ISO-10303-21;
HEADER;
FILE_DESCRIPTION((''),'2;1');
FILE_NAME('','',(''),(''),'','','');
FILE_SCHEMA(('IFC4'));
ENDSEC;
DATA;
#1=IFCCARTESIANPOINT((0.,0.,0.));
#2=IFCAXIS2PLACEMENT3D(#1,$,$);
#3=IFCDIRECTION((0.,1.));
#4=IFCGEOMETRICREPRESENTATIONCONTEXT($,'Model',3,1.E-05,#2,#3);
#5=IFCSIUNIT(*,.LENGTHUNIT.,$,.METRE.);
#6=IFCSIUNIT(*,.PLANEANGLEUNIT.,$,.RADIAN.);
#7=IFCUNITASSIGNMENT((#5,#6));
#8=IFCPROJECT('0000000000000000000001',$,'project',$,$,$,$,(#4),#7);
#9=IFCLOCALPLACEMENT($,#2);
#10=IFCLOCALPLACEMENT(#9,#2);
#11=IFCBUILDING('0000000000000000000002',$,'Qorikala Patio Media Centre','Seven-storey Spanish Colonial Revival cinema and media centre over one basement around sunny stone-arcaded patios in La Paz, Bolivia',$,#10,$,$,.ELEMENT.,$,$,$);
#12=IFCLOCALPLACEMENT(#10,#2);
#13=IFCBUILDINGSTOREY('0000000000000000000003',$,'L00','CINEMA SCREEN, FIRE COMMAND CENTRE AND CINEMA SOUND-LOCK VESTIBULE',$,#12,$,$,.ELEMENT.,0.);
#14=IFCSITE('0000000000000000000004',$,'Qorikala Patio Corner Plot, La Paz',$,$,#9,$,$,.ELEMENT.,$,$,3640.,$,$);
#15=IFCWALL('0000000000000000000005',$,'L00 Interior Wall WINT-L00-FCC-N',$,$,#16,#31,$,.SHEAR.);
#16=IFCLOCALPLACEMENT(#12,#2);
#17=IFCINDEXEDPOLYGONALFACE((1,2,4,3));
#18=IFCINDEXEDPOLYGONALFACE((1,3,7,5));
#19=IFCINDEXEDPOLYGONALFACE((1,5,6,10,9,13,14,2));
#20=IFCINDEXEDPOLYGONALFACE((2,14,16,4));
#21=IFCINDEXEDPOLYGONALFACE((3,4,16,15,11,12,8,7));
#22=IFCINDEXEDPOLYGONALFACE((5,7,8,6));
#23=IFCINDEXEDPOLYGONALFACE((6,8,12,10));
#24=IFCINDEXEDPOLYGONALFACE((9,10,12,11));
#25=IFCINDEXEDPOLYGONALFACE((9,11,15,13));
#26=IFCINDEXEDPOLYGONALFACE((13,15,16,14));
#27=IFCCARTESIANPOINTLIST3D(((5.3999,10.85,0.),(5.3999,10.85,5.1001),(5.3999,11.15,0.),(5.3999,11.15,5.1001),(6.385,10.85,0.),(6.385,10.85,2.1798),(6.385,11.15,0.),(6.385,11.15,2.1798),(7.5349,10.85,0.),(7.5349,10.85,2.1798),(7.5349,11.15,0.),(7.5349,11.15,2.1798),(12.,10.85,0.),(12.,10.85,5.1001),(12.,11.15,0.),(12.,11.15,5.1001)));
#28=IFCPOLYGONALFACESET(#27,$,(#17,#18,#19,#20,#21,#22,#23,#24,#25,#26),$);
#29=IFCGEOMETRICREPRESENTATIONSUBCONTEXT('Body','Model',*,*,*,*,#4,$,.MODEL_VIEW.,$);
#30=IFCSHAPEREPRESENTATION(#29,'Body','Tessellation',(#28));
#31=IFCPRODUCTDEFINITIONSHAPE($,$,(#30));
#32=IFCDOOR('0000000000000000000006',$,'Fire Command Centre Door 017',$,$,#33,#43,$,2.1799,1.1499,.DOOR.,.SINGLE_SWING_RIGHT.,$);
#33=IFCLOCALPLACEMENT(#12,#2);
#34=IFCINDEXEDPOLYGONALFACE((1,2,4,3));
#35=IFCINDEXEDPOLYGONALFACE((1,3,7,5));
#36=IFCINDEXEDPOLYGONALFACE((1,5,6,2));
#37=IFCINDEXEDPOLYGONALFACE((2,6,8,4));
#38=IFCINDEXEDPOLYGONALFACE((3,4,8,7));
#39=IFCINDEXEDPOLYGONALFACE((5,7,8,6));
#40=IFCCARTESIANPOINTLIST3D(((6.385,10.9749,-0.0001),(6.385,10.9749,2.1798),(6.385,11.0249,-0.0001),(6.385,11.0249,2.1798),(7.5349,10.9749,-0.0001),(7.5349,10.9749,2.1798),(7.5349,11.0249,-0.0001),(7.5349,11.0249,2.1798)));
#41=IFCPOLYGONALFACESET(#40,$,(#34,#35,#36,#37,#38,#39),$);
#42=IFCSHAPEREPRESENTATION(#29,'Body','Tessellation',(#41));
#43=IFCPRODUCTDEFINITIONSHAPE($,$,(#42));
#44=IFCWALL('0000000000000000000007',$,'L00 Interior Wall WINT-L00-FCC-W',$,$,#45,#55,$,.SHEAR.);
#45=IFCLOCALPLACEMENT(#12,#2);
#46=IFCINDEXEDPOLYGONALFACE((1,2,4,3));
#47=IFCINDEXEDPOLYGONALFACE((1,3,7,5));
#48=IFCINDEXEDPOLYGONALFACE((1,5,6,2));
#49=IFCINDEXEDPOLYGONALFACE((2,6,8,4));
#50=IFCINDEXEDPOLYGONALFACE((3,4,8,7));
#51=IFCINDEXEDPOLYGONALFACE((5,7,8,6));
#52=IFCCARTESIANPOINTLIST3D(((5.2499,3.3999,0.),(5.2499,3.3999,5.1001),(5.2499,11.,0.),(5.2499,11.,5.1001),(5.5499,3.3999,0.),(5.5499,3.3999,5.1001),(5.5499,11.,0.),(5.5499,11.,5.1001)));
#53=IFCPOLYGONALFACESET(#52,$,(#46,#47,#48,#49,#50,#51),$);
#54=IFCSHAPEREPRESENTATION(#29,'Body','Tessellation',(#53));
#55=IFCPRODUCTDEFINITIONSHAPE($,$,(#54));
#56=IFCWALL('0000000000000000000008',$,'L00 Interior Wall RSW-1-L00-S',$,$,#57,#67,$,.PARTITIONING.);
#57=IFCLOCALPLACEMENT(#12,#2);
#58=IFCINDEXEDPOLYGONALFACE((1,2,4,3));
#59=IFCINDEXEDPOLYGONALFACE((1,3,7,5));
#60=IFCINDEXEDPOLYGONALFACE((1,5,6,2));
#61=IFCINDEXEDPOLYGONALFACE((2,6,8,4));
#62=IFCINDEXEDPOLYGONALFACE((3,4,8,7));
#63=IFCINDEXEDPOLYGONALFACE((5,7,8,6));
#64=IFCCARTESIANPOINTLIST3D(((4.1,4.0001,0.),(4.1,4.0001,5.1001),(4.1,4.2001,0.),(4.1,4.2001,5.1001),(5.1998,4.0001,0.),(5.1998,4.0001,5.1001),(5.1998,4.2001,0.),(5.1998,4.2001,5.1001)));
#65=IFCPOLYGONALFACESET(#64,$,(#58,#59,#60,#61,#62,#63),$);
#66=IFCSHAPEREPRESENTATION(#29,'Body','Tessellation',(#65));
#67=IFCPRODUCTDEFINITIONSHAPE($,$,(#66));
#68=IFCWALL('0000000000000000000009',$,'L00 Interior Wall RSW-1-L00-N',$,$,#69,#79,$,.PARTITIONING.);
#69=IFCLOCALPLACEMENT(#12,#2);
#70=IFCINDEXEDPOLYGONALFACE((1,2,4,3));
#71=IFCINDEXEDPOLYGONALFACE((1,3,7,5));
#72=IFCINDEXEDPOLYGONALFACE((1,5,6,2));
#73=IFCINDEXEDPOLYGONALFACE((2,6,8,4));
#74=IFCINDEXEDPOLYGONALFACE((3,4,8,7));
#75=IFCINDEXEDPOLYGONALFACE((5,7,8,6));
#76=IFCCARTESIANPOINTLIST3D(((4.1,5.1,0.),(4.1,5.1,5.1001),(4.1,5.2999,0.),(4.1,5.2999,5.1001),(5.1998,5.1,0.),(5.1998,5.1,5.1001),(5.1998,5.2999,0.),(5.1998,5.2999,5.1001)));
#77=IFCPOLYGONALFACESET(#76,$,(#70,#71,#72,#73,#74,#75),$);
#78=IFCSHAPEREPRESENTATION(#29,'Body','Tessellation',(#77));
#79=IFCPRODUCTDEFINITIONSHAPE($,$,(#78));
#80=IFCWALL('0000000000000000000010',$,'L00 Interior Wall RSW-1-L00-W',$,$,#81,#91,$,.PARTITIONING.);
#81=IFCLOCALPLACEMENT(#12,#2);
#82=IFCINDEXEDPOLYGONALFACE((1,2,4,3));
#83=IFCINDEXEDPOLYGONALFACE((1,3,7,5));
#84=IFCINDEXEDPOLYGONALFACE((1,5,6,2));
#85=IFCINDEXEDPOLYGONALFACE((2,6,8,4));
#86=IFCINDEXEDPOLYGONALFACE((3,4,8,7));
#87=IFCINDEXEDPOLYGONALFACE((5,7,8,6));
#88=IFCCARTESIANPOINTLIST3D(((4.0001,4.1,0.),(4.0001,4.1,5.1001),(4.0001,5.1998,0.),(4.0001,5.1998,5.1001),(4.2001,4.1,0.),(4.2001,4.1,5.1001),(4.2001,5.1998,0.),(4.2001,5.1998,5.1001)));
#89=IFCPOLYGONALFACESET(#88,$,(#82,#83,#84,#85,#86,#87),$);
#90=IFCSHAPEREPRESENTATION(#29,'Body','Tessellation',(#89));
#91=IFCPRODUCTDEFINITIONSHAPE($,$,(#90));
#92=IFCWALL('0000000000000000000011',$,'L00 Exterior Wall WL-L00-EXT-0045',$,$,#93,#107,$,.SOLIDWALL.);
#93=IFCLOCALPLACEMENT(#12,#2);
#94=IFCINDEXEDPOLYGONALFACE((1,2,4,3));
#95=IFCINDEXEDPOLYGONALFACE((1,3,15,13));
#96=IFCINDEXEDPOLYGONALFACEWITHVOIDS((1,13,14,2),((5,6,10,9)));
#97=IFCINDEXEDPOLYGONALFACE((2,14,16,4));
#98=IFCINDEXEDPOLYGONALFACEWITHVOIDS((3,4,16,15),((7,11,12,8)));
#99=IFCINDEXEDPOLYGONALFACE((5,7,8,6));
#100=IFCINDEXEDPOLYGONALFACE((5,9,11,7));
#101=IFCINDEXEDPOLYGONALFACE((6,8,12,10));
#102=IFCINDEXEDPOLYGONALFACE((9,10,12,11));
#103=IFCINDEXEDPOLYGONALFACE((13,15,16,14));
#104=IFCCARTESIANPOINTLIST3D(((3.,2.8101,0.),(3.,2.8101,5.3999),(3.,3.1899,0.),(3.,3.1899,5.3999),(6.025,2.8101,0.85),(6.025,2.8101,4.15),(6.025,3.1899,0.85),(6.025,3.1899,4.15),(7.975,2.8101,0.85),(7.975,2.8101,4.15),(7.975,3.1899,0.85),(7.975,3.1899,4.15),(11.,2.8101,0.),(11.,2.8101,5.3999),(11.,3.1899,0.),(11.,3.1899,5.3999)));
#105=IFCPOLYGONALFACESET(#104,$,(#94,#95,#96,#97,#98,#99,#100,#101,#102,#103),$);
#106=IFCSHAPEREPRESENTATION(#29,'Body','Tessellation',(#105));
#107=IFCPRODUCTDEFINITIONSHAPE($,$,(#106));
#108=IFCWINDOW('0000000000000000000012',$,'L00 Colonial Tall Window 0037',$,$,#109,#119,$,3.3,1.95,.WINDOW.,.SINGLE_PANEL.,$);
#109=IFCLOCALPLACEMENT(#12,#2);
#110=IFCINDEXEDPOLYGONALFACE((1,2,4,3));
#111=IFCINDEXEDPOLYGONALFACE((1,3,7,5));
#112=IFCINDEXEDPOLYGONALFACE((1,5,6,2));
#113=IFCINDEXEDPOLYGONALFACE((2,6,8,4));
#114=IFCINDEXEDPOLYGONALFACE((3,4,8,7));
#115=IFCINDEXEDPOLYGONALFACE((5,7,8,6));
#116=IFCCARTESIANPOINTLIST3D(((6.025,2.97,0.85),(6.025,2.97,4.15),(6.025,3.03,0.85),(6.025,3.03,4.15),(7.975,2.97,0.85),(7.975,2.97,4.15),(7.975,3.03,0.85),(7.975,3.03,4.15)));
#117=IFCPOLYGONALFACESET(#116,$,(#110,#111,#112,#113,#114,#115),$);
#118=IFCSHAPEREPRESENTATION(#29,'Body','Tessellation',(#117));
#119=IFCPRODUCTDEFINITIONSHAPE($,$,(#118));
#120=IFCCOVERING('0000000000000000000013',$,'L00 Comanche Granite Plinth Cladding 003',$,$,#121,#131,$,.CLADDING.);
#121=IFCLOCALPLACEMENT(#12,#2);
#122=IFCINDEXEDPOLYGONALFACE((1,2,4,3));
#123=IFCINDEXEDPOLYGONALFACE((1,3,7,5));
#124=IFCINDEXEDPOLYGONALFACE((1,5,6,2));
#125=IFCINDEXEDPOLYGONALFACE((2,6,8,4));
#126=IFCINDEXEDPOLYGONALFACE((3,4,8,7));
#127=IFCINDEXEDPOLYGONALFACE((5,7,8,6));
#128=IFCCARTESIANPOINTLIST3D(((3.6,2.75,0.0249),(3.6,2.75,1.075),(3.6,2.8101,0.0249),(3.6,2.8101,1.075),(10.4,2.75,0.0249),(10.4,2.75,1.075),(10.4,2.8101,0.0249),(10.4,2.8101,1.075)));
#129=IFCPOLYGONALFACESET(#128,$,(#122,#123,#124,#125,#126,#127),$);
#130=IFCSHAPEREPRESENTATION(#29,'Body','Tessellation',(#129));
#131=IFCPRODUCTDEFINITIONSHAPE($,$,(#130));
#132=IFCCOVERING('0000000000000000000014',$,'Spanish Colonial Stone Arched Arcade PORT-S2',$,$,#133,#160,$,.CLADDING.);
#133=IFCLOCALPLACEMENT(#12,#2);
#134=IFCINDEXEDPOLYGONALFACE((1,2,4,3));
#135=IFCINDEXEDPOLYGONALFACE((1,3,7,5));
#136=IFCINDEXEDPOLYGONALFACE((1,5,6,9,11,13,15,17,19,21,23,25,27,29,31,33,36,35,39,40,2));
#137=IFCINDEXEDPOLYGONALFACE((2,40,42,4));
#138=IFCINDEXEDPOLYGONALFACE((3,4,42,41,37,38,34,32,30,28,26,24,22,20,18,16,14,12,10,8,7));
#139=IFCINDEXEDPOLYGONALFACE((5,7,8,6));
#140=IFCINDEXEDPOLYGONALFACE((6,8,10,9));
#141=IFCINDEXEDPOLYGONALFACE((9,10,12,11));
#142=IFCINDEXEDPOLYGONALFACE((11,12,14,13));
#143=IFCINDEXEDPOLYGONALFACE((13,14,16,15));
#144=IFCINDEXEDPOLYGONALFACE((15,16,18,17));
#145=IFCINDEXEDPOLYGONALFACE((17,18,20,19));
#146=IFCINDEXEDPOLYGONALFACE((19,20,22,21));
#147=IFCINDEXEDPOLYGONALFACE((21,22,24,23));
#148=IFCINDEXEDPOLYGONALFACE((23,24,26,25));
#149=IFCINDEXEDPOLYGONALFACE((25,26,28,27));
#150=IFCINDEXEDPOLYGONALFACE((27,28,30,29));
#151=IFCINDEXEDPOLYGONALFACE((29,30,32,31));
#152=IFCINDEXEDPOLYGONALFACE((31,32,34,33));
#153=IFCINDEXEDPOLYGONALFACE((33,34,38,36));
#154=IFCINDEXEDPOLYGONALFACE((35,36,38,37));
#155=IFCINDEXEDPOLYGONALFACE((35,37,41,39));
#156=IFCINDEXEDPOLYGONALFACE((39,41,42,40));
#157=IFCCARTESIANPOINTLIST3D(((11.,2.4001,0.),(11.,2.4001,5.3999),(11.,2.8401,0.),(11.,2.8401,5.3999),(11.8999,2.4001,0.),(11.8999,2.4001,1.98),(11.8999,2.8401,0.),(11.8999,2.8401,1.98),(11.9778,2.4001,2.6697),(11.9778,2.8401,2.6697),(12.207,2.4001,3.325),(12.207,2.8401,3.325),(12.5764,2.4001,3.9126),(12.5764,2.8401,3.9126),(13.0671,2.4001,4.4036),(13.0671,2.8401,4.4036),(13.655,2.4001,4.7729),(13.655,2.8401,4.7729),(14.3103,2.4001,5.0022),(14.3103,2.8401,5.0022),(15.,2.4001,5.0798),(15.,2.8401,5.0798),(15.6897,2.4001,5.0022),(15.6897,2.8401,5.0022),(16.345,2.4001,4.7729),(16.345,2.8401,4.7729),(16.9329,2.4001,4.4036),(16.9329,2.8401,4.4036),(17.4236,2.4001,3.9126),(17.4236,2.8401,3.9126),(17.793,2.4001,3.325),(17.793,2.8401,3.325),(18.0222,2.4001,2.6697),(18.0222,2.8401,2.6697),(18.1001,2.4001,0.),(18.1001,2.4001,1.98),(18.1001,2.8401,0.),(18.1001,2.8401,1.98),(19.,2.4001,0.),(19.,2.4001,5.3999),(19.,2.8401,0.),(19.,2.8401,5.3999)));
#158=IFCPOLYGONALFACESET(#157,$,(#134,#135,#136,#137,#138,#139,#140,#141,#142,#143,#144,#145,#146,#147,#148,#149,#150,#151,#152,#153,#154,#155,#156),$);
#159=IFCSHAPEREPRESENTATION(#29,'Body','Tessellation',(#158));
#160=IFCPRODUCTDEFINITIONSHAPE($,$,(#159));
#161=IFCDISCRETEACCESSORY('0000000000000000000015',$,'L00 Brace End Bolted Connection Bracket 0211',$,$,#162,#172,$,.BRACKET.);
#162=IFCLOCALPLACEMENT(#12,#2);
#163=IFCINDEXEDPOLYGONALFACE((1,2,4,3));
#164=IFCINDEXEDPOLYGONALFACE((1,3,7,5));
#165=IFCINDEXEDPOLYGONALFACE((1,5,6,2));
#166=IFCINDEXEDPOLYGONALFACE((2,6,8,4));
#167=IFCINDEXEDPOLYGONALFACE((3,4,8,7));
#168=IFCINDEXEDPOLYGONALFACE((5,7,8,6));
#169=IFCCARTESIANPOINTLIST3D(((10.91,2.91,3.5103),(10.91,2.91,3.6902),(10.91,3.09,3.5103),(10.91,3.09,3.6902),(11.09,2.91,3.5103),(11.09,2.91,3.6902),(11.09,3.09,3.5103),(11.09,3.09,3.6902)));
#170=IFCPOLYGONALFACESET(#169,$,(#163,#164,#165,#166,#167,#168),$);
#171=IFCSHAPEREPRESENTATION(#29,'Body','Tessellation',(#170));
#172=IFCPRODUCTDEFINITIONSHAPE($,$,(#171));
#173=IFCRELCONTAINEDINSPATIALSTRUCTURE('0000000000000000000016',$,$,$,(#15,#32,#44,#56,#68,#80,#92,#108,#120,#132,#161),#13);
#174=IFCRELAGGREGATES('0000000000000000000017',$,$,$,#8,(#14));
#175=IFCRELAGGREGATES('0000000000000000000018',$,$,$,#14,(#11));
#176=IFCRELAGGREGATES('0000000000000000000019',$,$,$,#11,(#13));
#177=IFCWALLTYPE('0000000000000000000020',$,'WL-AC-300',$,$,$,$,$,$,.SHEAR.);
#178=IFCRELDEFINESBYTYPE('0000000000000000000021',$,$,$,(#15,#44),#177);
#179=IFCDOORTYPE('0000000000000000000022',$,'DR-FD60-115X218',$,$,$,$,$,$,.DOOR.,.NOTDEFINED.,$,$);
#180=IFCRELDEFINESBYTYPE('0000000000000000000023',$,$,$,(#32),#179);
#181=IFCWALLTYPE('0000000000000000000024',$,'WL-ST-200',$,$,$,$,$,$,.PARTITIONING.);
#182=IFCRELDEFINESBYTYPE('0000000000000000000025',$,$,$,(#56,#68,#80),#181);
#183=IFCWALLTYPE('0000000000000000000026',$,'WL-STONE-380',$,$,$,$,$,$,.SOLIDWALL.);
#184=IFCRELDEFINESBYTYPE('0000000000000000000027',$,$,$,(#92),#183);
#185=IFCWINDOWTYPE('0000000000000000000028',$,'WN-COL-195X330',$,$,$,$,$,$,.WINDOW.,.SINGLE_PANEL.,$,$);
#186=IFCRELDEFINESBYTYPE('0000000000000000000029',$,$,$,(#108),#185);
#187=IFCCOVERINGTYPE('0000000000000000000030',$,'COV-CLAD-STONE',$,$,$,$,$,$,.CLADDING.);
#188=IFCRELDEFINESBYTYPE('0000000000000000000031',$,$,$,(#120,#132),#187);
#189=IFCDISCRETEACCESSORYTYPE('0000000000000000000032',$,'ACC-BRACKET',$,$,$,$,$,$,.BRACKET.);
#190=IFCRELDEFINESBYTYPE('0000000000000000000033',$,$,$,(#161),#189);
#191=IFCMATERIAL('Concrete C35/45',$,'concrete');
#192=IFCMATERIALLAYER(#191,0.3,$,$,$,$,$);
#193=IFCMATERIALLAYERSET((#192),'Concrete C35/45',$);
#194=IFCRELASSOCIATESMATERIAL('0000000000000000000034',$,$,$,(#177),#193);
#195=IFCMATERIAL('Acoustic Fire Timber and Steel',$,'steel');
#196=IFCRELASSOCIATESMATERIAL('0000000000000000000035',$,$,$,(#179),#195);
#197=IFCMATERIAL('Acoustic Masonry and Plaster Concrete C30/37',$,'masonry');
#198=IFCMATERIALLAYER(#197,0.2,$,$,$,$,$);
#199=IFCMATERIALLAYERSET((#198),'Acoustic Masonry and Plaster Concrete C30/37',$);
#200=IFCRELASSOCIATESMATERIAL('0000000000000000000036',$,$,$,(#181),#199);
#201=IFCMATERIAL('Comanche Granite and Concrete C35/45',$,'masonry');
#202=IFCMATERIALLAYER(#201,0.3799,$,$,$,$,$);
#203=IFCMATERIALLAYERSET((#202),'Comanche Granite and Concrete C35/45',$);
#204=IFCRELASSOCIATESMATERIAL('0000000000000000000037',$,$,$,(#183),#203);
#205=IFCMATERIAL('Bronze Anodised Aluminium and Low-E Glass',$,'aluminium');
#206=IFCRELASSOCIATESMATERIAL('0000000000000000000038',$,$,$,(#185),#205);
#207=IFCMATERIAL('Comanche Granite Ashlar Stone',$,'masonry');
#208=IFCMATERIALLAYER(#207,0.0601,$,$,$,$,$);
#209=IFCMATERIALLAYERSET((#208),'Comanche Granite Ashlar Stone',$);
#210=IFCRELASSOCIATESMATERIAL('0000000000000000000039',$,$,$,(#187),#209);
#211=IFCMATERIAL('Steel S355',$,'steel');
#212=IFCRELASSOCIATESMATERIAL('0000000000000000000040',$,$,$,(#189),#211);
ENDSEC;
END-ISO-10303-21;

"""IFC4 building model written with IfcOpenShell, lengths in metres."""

from ifc_helpers import new_model, si_unit, direction, frame, frame_2d, origin, origin_2d, place, context, subcontext, project, spatial, polyline, rectangle, outline, extrude, material, layer, layer_set, type_object, element, fill, save


model = new_model("IFC4")

# Units and contexts
model_context = context("Model", 3, precision=1e-05, world=origin(), true_north=direction((0.0, 1.0)))
body_context = subcontext(model_context, "Body", "Model", "MODEL_VIEW")
ifc_project = project(units=[si_unit("LENGTHUNIT", "METRE"), si_unit("PLANEANGLEUNIT", "RADIAN")], contexts=[model_context])

# Site, building, storey
site_placement = place(None, origin())
site = spatial("IfcSite", under=ifc_project, at=site_placement, Name="Qorikala Patio Corner Plot, La Paz", CompositionType="ELEMENT", RefElevation=3640.0)
building_placement = place(site_placement, origin())
building = spatial("IfcBuilding", under=site, at=building_placement, Name="Qorikala Patio Media Centre", Description="Seven-storey Spanish Colonial Revival cinema and media centre over one basement around sunny stone-arcaded patios in La Paz, Bolivia", CompositionType="ELEMENT")
storey_placement = place(building_placement, origin())
storey = spatial("IfcBuildingStorey", under=building, at=storey_placement, Name="L00", Description="CINEMA SCREEN, FIRE COMMAND CENTRE AND CINEMA SOUND-LOCK VESTIBULE", CompositionType="ELEMENT", Elevation=0.0)

# Shared definitions
ifc_material_1 = material(Name="Concrete C35/45", Category="concrete")

# Shared definitions
ifc_material_2 = material(Name="Steel S355", Category="steel")

# Shared definitions
ifc_layer_1 = layer(ifc_material_1, 0.3)
ifc_layer_set_1 = layer_set([ifc_layer_1], Name="Concrete C35/45")
wall_type_1 = type_object("IfcWallType", Name="WL-AC-300", PredefinedType="SHEAR", material=ifc_layer_set_1)

# Wall, opening, door
wall_1_placement = place(storey_placement, frame((5.3999, 11.0, 0.0), z_axis=(0.0, 0.0, 1.0), x_axis=(1.0, 0.0, 0.0)))
wall_1 = element("IfcWall", 1, at=wall_1_placement, inside=storey, type_object=wall_type_1, Name="L00 Interior Wall WINT-L00-FCC-N", PredefinedType="SHEAR", context=body_context, shape_type="SweptSolid", body=[
    extrude(rectangle(XDim=6.6001, YDim=0.3, at=frame_2d((3.3, 0.0))), origin(), (0.0, 0.0, 1.0), 5.1001),
])
opening_1_placement = place(wall_1_placement, frame((0.9851, 0.0, 0.0)))
opening_1 = element("IfcOpeningElement", 2, at=opening_1_placement, cuts=wall_1, PredefinedType="OPENING", context=body_context, shape_type="SweptSolid", body=[
    extrude(rectangle(XDim=1.1499, YDim=2.1799, at=frame_2d((0.575, 1.0898))), frame((0.0, 0.1599, 0.0), z_axis=(0.0, -1.0, 0.0), x_axis=(1.0, 0.0, 0.0)), (0.0, 0.0, 1.0), 0.3201),
])
ifc_material_3 = material(Name="Acoustic Fire Timber and Steel", Category="steel")
door_type = type_object("IfcDoorType", Name="DR-FD60-115X218", OperationType="NOTDEFINED", PredefinedType="DOOR", material=ifc_material_3)
door_placement = place(opening_1_placement, origin())
door = element("IfcDoor", 3, at=door_placement, inside=storey, type_object=door_type, Name="Fire Command Centre Door 017", OperationType="SINGLE_SWING_RIGHT", OverallHeight=2.1799, OverallWidth=1.1499, PredefinedType="DOOR", context=body_context, shape_type="SweptSolid", body=[
    extrude(rectangle(XDim=1.1499, YDim=2.1799, at=frame_2d((0.575, 1.0898))), frame((0.0, 0.0249, 0.0), z_axis=(0.0, -1.0, 0.0), x_axis=(1.0, 0.0, 0.0)), (0.0, 0.0, 1.0), 0.05),
])
fill(opening_1, door)

# Walls
wall_2_placement = place(storey_placement, frame((5.3999, 3.3999, 0.0), z_axis=(0.0, 0.0, 1.0), x_axis=(0.0, 1.0, 0.0)))
element("IfcWall", 4, at=wall_2_placement, inside=storey, type_object=wall_type_1, Name="L00 Interior Wall WINT-L00-FCC-W", PredefinedType="SHEAR", context=body_context, shape_type="SweptSolid", body=[
    extrude(rectangle(XDim=7.6001, YDim=0.3, at=frame_2d((3.8, 0.0))), origin(), (0.0, 0.0, 1.0), 5.1001),
])
ifc_material_4 = material(Name="Acoustic Masonry and Plaster Concrete C30/37", Category="masonry")
ifc_layer_2 = layer(ifc_material_4, 0.2)
ifc_layer_set_2 = layer_set([ifc_layer_2], Name="Acoustic Masonry and Plaster Concrete C30/37")
wall_type_2 = type_object("IfcWallType", Name="WL-ST-200", PredefinedType="PARTITIONING", material=ifc_layer_set_2)
for number, where, z_axis, x_axis, name in (
    (5, (4.1001, 4.1001, 0.0), (0.0, 0.0, 1.0), (1.0, 0.0, 0.0), "L00 Interior Wall RSW-1-L00-S"),
    (6, (4.1001, 5.2, 0.0), (0.0, 0.0, 1.0), (1.0, 0.0, 0.0), "L00 Interior Wall RSW-1-L00-N"),
    (7, (4.1001, 4.1001, 0.0), (0.0, 0.0, 1.0), (0.0, 1.0, 0.0), "L00 Interior Wall RSW-1-L00-W"),
):
    element("IfcWall", number, at=place(storey_placement, frame(where, z_axis=z_axis, x_axis=x_axis)), inside=storey, type_object=wall_type_2, Name=name, PredefinedType="PARTITIONING", context=body_context, shape_type="SweptSolid", body=[
        extrude(rectangle(XDim=1.0999, YDim=0.2, at=frame_2d((0.5498, 0.0))), origin(), (0.0, 0.0, 1.0), 5.1001),
    ])

# Wall, opening, window
ifc_material_5 = material(Name="Comanche Granite and Concrete C35/45", Category="masonry")
ifc_layer_3 = layer(ifc_material_5, 0.3799)
ifc_layer_set_3 = layer_set([ifc_layer_3], Name="Comanche Granite and Concrete C35/45")
wall_type_3 = type_object("IfcWallType", Name="WL-STONE-380", PredefinedType="SOLIDWALL", material=ifc_layer_set_3)
wall_3_placement = place(storey_placement, frame((11.0, 3.0, 0.0), z_axis=(0.0, 0.0, 1.0), x_axis=(-1.0, 0.0, 0.0)))
wall_3 = element("IfcWall", 8, at=wall_3_placement, inside=storey, type_object=wall_type_3, Name="L00 Exterior Wall WL-L00-EXT-0045", PredefinedType="SOLIDWALL", context=body_context, shape_type="SweptSolid", body=[
    extrude(rectangle(XDim=8.0, YDim=0.3799, at=frame_2d((4.0, 0.0))), origin(), (0.0, 0.0, 1.0), 5.3999),
])
opening_2_placement = place(wall_3_placement, frame((3.0249, 0.0, 0.8501)))
opening_2 = element("IfcOpeningElement", 9, at=opening_2_placement, cuts=wall_3, PredefinedType="OPENING", context=body_context, shape_type="SweptSolid", body=[
    extrude(rectangle(XDim=1.95, YDim=3.3, at=frame_2d((0.9751, 1.6499))), frame((0.0, 0.2, 0.0), z_axis=(0.0, -1.0, 0.0), x_axis=(1.0, 0.0, 0.0)), (0.0, 0.0, 1.0), 0.3999),
])
ifc_material_6 = material(Name="Bronze Anodised Aluminium and Low-E Glass", Category="aluminium")
window_type = type_object("IfcWindowType", Name="WN-COL-195X330", PartitioningType="SINGLE_PANEL", PredefinedType="WINDOW", material=ifc_material_6)
window_placement = place(opening_2_placement, origin())
window = element("IfcWindow", 10, at=window_placement, inside=storey, type_object=window_type, Name="L00 Colonial Tall Window 0037", OverallHeight=3.3, OverallWidth=1.95, PartitioningType="SINGLE_PANEL", PredefinedType="WINDOW", context=body_context, shape_type="SweptSolid", body=[
    extrude(rectangle(XDim=1.95, YDim=3.3, at=frame_2d((0.9751, 1.6499))), frame((0.0, 0.03, 0.0), z_axis=(0.0, -1.0, 0.0), x_axis=(1.0, 0.0, 0.0)), (0.0, 0.0, 1.0), 0.0601),
])
fill(opening_2, window)

# Coverings
ifc_material_7 = material(Name="Comanche Granite Ashlar Stone", Category="masonry")
ifc_layer_4 = layer(ifc_material_7, 0.0601)
ifc_layer_set_4 = layer_set([ifc_layer_4], Name="Comanche Granite Ashlar Stone")
covering_type = type_object("IfcCoveringType", Name="COV-CLAD-STONE", PredefinedType="CLADDING", material=ifc_layer_set_4)
covering_1_placement = place(storey_placement, frame((7.0, 2.78, 0.0249), z_axis=(0.0, 0.0, 1.0), x_axis=(-1.0, 0.0, 0.0)))
element("IfcCovering", 11, at=covering_1_placement, inside=storey, type_object=covering_type, Name="L00 Comanche Granite Plinth Cladding 003", PredefinedType="CLADDING", context=body_context, shape_type="SweptSolid", body=[
    extrude(rectangle(XDim=6.8, YDim=0.0601, at=origin_2d()), origin(), (0.0, 0.0, 1.0), 1.05),
])
covering_2_placement = place(storey_placement, frame((11.0, 2.6201, 0.0), z_axis=(0.0, 0.0, 1.0), x_axis=(1.0, 0.0, 0.0)))
element("IfcCovering", 12, at=covering_2_placement, inside=storey, type_object=covering_type, Name="Spanish Colonial Stone Arched Arcade PORT-S2", PredefinedType="CLADDING", context=body_context, shape_type="SweptSolid", body=[
    extrude(outline(polyline([(0.0, 0.0), (0.8999, 0.0), (0.8999, 1.98), (0.9778, 2.6697), (1.207, 3.325), (1.5764, 3.9126), (2.0671, 4.4036), (2.655, 4.7729), (3.3103, 5.0022), (4.0, 5.0798), (4.6897, 5.0022), (5.345, 4.7729), (5.9329, 4.4036), (6.4236, 3.9126), (6.793, 3.325), (7.0222, 2.6697), (7.1001, 1.98), (7.1001, 0.0), (8.0, 0.0), (8.0, 5.3999), (0.0, 5.3999), (0.0, 0.0)])), frame((0.0, 0.22, 0.0), z_axis=(0.0, -1.0, 0.0), x_axis=(1.0, 0.0, 0.0)), (0.0, 0.0, 1.0), 0.4399),
])

# Discrete accessory
discrete_accessory_type = type_object("IfcDiscreteAccessoryType", Name="ACC-BRACKET", PredefinedType="BRACKET", material=ifc_material_2)
for number, where, z_axis, x_axis, name in (
    (13, (11.0, 3.0, 3.5103), (0.0, 0.0, 1.0), (1.0, 0.0, 0.0), "L00 Brace End Bolted Connection Bracket 0211"),
):
    element("IfcDiscreteAccessory", number, at=place(storey_placement, frame(where, z_axis=z_axis, x_axis=x_axis)), inside=storey, type_object=discrete_accessory_type, Name=name, PredefinedType="BRACKET", context=body_context, shape_type="SweptSolid", body=[
        extrude(rectangle(XDim=0.1799, YDim=0.1799, at=origin_2d()), origin(), (0.0, 0.0, 1.0), 0.1799),
    ])

save(model, "model.ifc")
